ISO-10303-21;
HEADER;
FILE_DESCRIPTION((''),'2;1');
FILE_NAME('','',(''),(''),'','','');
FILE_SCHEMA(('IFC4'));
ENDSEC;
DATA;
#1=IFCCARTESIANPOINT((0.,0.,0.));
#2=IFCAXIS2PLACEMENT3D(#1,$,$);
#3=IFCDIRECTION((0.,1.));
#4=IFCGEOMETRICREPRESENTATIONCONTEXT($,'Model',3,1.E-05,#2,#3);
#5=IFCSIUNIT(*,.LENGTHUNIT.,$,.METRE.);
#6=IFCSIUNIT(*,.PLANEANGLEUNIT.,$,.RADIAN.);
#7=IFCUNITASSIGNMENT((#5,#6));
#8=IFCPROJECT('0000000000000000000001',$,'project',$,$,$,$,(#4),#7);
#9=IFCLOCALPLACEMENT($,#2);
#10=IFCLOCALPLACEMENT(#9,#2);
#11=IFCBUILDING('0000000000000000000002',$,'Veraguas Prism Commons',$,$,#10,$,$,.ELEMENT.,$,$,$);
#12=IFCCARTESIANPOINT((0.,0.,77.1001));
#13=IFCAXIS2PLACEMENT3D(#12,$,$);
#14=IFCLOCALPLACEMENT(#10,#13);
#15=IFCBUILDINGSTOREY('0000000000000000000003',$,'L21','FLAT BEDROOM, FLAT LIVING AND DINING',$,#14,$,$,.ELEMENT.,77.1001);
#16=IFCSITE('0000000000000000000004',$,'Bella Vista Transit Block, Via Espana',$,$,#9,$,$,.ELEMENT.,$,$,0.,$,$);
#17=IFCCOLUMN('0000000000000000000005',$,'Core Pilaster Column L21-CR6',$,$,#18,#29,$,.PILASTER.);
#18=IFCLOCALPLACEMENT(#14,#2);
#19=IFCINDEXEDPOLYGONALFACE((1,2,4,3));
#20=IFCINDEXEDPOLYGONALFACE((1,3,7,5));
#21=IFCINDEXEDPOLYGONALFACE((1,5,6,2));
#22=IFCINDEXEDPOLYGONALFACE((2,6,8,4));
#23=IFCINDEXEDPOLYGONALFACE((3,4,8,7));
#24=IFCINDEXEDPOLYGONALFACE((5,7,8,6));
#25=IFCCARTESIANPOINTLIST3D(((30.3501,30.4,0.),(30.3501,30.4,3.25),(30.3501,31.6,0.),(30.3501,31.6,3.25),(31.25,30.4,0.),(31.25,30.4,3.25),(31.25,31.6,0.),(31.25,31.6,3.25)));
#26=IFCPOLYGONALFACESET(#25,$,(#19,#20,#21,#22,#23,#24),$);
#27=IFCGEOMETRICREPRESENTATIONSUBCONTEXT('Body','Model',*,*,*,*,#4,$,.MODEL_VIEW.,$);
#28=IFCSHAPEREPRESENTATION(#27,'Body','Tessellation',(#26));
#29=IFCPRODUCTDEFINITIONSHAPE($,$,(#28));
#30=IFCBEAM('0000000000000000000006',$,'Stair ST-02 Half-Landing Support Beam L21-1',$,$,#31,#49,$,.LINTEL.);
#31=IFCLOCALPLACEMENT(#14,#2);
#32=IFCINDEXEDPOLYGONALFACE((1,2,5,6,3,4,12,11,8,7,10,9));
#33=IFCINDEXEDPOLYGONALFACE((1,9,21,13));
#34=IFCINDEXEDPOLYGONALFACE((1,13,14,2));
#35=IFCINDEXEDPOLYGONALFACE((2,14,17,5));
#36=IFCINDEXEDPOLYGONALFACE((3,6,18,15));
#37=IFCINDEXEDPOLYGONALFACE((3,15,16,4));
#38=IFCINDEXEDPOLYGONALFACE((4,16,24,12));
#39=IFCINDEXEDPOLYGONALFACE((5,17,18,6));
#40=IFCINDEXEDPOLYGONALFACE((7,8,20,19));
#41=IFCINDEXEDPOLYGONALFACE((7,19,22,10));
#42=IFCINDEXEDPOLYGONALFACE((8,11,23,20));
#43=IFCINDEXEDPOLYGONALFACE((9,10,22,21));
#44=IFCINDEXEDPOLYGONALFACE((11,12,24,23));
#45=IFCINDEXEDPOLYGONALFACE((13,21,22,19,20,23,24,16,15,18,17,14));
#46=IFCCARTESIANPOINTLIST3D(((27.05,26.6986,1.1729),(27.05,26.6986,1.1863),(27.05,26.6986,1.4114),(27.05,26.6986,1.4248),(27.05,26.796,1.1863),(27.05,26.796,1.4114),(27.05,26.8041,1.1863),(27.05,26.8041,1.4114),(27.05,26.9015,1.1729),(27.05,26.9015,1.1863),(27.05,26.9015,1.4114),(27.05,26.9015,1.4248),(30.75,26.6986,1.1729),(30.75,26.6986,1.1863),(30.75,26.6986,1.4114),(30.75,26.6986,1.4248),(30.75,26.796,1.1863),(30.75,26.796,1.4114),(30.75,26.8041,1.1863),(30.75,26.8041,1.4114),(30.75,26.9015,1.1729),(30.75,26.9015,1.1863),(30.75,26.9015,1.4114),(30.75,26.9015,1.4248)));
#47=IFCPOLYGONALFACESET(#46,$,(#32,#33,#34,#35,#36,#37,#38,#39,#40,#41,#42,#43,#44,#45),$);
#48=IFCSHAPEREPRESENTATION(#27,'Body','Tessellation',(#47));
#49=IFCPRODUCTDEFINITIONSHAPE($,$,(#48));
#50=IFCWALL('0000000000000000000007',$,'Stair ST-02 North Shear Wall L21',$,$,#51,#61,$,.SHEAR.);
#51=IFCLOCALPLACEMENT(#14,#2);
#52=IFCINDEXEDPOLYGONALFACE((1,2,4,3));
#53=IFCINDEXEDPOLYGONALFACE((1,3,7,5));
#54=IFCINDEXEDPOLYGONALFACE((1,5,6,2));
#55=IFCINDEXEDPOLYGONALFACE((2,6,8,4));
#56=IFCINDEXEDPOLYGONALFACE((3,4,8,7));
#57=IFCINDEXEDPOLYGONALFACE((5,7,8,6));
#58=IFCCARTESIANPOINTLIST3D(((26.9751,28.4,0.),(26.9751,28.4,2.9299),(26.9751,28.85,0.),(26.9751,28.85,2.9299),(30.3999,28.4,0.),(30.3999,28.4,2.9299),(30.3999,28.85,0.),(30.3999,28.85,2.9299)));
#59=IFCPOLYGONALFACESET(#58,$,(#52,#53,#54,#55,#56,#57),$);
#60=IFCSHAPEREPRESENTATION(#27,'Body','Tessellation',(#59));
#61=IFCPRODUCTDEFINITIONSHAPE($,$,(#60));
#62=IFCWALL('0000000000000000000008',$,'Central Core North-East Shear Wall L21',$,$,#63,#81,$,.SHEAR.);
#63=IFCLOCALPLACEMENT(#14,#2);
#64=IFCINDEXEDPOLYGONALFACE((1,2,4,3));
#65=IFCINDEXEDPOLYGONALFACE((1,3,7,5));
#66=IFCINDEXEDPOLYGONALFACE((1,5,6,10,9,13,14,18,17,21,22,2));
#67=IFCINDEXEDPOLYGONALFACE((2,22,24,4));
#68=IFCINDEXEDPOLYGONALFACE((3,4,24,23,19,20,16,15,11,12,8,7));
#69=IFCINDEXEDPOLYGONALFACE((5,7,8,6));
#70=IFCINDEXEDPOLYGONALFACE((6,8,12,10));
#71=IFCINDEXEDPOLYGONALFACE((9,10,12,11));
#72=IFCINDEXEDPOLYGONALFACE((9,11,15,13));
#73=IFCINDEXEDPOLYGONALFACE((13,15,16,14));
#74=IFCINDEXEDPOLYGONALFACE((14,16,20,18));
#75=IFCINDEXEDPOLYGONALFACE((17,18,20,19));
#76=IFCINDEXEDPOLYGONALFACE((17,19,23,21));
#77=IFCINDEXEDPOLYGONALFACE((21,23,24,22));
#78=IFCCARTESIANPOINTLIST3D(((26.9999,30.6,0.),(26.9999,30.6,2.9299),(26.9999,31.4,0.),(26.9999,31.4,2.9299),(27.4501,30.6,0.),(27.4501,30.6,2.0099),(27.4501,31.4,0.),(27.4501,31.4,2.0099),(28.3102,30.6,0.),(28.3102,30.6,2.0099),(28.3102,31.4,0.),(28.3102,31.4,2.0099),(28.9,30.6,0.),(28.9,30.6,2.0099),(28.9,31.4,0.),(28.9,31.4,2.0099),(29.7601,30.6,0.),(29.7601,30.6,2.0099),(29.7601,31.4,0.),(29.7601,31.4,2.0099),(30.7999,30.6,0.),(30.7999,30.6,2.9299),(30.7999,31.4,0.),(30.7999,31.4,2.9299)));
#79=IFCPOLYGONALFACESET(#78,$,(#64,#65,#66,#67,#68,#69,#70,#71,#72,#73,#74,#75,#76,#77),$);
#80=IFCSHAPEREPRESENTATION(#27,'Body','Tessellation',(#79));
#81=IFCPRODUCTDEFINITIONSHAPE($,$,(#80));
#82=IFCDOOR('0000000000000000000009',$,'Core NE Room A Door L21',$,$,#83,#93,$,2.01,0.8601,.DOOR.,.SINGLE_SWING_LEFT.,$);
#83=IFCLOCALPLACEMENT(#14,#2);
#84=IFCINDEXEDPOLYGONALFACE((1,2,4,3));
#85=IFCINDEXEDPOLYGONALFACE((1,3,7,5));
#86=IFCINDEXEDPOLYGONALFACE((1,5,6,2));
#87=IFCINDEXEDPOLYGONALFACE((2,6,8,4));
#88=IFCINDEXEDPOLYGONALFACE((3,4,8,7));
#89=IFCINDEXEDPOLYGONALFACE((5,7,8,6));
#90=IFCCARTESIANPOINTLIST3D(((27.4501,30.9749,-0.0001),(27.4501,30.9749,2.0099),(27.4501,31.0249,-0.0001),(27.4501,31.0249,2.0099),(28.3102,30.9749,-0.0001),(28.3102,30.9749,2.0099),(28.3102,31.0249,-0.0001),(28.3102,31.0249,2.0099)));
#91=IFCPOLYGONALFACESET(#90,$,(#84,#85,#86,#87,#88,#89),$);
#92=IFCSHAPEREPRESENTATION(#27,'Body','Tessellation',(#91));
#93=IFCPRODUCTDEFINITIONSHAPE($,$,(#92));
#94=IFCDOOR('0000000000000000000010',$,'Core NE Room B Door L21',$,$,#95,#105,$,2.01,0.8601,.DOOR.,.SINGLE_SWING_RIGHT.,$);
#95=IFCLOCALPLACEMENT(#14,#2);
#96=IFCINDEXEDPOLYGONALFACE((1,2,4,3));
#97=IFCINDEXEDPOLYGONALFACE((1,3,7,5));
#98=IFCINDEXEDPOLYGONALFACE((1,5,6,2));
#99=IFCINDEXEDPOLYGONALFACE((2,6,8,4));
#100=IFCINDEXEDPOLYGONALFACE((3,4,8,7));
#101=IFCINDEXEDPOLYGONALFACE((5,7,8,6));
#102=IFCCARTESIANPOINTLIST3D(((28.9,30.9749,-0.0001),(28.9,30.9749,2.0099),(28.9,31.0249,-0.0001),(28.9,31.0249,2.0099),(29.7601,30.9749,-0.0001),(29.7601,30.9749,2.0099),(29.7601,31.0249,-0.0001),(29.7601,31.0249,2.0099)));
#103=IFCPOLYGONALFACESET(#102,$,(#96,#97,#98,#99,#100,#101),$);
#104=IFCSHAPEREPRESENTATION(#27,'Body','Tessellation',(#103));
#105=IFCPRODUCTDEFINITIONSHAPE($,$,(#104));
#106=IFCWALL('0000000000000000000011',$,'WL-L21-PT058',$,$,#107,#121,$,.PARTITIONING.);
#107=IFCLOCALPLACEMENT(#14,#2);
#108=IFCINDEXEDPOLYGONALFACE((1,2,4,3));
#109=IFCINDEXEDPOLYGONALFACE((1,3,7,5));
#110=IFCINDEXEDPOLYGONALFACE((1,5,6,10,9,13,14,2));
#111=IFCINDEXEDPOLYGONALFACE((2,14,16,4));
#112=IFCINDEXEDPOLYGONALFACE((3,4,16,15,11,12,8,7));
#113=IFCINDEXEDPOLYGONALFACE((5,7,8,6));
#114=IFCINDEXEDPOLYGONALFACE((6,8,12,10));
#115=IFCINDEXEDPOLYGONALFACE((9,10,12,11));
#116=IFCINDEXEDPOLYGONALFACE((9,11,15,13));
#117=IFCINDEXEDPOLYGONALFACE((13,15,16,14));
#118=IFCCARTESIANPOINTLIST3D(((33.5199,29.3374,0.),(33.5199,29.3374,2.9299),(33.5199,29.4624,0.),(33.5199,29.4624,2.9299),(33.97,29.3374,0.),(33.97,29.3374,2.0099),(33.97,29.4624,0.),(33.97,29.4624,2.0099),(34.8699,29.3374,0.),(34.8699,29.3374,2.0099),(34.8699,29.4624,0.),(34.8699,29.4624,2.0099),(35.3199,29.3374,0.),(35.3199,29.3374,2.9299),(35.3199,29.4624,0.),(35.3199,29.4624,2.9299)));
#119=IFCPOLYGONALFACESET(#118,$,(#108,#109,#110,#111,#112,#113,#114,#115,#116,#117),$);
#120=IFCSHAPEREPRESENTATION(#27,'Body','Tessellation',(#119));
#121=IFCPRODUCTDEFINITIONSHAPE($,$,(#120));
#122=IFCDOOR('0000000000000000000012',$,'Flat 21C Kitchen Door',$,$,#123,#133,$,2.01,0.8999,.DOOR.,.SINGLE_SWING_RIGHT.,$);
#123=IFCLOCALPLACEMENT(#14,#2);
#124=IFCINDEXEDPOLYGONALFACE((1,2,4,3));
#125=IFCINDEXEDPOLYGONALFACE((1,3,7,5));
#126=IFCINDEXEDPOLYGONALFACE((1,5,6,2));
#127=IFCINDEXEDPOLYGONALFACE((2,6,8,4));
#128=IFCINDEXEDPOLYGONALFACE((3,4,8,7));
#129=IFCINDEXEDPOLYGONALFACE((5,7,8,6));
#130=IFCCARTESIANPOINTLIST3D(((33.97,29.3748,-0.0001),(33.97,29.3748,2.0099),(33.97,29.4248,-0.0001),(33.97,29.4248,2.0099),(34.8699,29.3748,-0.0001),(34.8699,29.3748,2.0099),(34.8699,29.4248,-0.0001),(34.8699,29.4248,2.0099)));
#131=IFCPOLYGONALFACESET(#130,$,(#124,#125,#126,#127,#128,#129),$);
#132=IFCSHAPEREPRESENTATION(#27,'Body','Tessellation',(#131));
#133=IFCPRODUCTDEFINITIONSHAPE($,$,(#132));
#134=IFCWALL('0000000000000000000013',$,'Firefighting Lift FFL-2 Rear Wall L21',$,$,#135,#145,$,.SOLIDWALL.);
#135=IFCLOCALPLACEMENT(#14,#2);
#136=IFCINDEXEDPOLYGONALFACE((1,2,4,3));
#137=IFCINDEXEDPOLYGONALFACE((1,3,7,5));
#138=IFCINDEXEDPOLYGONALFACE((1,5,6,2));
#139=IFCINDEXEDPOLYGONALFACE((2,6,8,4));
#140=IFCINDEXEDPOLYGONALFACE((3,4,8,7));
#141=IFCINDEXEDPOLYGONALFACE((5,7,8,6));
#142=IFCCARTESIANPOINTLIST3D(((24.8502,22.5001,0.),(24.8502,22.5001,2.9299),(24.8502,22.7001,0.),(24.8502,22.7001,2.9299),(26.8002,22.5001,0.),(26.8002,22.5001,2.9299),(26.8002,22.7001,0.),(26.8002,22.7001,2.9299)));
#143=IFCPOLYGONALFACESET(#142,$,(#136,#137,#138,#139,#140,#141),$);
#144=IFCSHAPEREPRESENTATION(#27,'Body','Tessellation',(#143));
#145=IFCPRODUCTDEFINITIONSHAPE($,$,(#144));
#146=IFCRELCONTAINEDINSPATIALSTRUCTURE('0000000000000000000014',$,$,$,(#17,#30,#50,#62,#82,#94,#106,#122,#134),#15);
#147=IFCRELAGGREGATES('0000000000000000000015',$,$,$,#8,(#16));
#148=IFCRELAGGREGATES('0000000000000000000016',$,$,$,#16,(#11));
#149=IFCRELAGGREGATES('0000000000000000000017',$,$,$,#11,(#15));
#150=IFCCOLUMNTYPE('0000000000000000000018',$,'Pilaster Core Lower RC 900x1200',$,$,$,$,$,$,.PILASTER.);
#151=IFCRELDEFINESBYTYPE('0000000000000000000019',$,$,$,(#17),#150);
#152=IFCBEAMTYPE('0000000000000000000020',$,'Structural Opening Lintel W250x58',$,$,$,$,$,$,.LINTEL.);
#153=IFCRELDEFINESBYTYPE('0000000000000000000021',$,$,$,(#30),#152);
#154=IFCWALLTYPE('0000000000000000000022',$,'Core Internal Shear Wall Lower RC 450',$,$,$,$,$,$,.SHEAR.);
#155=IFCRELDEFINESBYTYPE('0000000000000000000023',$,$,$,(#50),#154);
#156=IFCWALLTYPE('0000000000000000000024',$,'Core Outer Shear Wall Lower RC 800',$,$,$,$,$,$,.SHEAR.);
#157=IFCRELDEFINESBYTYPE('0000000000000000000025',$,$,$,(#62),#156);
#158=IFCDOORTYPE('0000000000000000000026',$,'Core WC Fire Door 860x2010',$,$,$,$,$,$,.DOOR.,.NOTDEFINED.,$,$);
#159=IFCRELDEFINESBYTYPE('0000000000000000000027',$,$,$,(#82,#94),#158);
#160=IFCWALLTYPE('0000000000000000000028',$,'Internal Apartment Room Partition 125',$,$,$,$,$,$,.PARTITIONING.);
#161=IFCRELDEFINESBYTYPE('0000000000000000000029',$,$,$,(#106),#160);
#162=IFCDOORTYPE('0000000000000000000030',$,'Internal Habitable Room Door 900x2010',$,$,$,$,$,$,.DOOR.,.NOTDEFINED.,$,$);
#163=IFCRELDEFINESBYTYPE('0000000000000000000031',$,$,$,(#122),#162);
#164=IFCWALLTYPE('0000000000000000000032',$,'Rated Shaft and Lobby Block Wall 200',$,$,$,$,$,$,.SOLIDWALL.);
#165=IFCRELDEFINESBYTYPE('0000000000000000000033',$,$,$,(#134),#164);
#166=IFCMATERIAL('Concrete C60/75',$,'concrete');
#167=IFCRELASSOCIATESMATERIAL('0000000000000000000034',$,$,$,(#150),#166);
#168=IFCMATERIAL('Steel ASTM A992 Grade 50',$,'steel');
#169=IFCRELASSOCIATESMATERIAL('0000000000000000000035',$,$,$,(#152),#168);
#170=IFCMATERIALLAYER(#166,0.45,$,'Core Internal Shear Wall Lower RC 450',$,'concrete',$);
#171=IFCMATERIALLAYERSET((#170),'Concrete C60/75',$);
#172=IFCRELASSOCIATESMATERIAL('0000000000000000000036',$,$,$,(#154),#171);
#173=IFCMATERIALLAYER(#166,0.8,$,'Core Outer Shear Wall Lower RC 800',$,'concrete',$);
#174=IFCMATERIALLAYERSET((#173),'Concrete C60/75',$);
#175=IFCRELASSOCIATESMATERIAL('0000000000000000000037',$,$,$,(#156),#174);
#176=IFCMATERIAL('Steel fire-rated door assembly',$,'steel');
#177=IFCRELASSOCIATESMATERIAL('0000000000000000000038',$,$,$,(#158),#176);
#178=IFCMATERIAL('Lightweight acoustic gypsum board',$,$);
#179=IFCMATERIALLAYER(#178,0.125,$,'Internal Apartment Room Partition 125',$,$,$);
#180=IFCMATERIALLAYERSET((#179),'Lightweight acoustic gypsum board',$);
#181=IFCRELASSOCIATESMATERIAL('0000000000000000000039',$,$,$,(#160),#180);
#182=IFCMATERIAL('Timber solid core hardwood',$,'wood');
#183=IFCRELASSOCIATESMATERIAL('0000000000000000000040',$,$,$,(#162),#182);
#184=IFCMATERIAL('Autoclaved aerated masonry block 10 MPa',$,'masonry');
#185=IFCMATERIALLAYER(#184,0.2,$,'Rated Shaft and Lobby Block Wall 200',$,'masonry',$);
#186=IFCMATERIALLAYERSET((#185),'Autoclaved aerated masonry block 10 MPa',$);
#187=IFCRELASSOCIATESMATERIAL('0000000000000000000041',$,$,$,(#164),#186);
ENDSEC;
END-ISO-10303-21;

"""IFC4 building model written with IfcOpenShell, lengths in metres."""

from ifc_helpers import new_model, si_unit, direction, frame, frame_2d, origin, origin_2d, place, context, subcontext, project, spatial, rectangle, i_section, extrude, source, transform, mapped, material, layer, layer_set, material_profile, profile_set, type_object, element, fill, save


model = new_model("IFC4")

# Units and contexts
model_context = context("Model", 3, precision=1e-05, world=origin(), true_north=direction((0.0, 1.0)))
body_context = subcontext(model_context, "Body", "Model", "MODEL_VIEW")
ifc_project = project(units=[si_unit("LENGTHUNIT", "METRE"), si_unit("PLANEANGLEUNIT", "RADIAN")], contexts=[model_context])

# Site, building, storey
site_placement = place(None, origin())
site = spatial("IfcSite", under=ifc_project, at=site_placement, Name="Bella Vista Transit Block, Via Espana", CompositionType="ELEMENT", RefElevation=0.0)
building_placement = place(site_placement, origin())
building = spatial("IfcBuilding", under=site, at=building_placement, Name="Veraguas Prism Commons", CompositionType="ELEMENT")
storey_placement = place(building_placement, frame((0.0, 0.0, 77.1001)))
storey = spatial("IfcBuildingStorey", under=building, at=storey_placement, Name="L21", Description="FLAT BEDROOM, FLAT LIVING AND DINING", CompositionType="ELEMENT", Elevation=77.1001)

# Column
ifc_material_1 = material(Name="Concrete C60/75", Category="concrete")
ifc_material_profile_1 = material_profile(ifc_material_1, rectangle(XDim=0.8999, YDim=1.2, at=origin_2d()), Name="RC900X1200")
ifc_profile_set_1 = profile_set([ifc_material_profile_1], Name="Concrete C60/75")
column_type = type_object("IfcColumnType", Name="Pilaster Core Lower RC 900x1200", PredefinedType="PILASTER", material=ifc_profile_set_1)
column_placement = place(storey_placement, frame((30.8, 31.0, 0.0), z_axis=(0.0, 0.0, 1.0), x_axis=(1.0, 0.0, 0.0)))
element("IfcColumn", 1, at=column_placement, inside=storey, type_object=column_type, Name="Core Pilaster Column L21-CR6", PredefinedType="PILASTER", context=body_context, shape_type="SweptSolid", body=[
    extrude(rectangle(XDim=0.8999, YDim=1.2, at=origin_2d()), origin(), (0.0, 0.0, 1.0), 3.25),
])

# Beam
ifc_material_2 = material(Name="Steel ASTM A992 Grade 50", Category="steel")
ifc_material_profile_2 = material_profile(ifc_material_2, i_section(OverallWidth=0.2029, OverallDepth=0.252, WebThickness=0.0081, FlangeThickness=0.0134, at=origin_2d()), Name="W250X58")
ifc_profile_set_2 = profile_set([ifc_material_profile_2], Name="Steel ASTM A992 Grade 50")
beam_type = type_object("IfcBeamType", Name="Structural Opening Lintel W250x58", PredefinedType="LINTEL", material=ifc_profile_set_2)
beam_placement = place(storey_placement, frame((27.05, 26.8, 1.2988), z_axis=(1.0, 0.0, 0.0), x_axis=(0.0, 1.0, 0.0)))
element("IfcBeam", 2, at=beam_placement, inside=storey, type_object=beam_type, Name="Stair ST-02 Half-Landing Support Beam L21-1", PredefinedType="LINTEL", context=body_context, shape_type="SweptSolid", body=[
    extrude(i_section(OverallWidth=0.2029, OverallDepth=0.252, WebThickness=0.0081, FlangeThickness=0.0134, at=origin_2d()), origin(), (0.0, 0.0, 1.0), 3.7),
])

# Wall
ifc_layer_1 = layer(ifc_material_1, 0.45, Name="Core Internal Shear Wall Lower RC 450", Category="concrete")
ifc_layer_set_1 = layer_set([ifc_layer_1], Name="Concrete C60/75")
wall_type_1 = type_object("IfcWallType", Name="Core Internal Shear Wall Lower RC 450", PredefinedType="SHEAR", material=ifc_layer_set_1)
wall_1_placement = place(storey_placement, frame((26.9751, 28.625, 0.0), z_axis=(0.0, 0.0, 1.0), x_axis=(1.0, 0.0, 0.0)))
element("IfcWall", 3, at=wall_1_placement, inside=storey, type_object=wall_type_1, Name="Stair ST-02 North Shear Wall L21", PredefinedType="SHEAR", context=body_context, shape_type="SweptSolid", body=[
    extrude(rectangle(XDim=3.4248, YDim=0.45, at=frame_2d((1.7124, 0.0))), origin(), (0.0, 0.0, 1.0), 2.9299),
])

# Wall, openings, doors
ifc_layer_2 = layer(ifc_material_1, 0.8, Name="Core Outer Shear Wall Lower RC 800", Category="concrete")
ifc_layer_set_2 = layer_set([ifc_layer_2], Name="Concrete C60/75")
wall_type_2 = type_object("IfcWallType", Name="Core Outer Shear Wall Lower RC 800", PredefinedType="SHEAR", material=ifc_layer_set_2)
wall_2_placement = place(storey_placement, frame((27.0, 31.0, 0.0), z_axis=(0.0, 0.0, 1.0), x_axis=(1.0, 0.0, 0.0)))
wall_2 = element("IfcWall", 4, at=wall_2_placement, inside=storey, type_object=wall_type_2, Name="Central Core North-East Shear Wall L21", PredefinedType="SHEAR", context=body_context, shape_type="SweptSolid", body=[
    extrude(rectangle(XDim=3.8, YDim=0.8, at=frame_2d((1.8999, 0.0))), origin(), (0.0, 0.0, 1.0), 2.9299),
])
opening_1_placement = place(wall_2_placement, frame((0.45, 0.0, 0.0)))
opening_1 = element("IfcOpeningElement", 5, at=opening_1_placement, cuts=wall_2, PredefinedType="OPENING", context=body_context, shape_type="SweptSolid", body=[
    extrude(rectangle(XDim=0.8601, YDim=2.01, at=frame_2d((0.4302, 1.0049))), frame((0.0, 0.4099, 0.0), z_axis=(0.0, -1.0, 0.0), x_axis=(1.0, 0.0, 0.0)), (0.0, 0.0, 1.0), 0.8201),
])
opening_2_placement = place(wall_2_placement, frame((1.8999, 0.0, 0.0)))
opening_2 = element("IfcOpeningElement", 6, at=opening_2_placement, cuts=wall_2, PredefinedType="OPENING", context=body_context, shape_type="SweptSolid", body=[
    extrude(rectangle(XDim=0.8601, YDim=2.01, at=frame_2d((0.4302, 1.0049))), frame((0.0, 0.4099, 0.0), z_axis=(0.0, -1.0, 0.0), x_axis=(1.0, 0.0, 0.0)), (0.0, 0.0, 1.0), 0.8201),
])
ifc_material_3 = material(Name="Steel fire-rated door assembly", Category="steel")
door_type_1 = type_object("IfcDoorType", Name="Core WC Fire Door 860x2010", OperationType="NOTDEFINED", PredefinedType="DOOR", material=ifc_material_3)
shared_shape_1 = source(origin(), body_context, "Body", "SweptSolid", [
    extrude(rectangle(XDim=0.8601, YDim=2.01, at=frame_2d((0.4302, 1.0049))), frame((0.0, 0.0249, 0.0), z_axis=(0.0, -1.0, 0.0), x_axis=(1.0, 0.0, 0.0)), (0.0, 0.0, 1.0), 0.05),
])
door_1_placement = place(opening_1_placement, origin())
door_1 = element("IfcDoor", 7, at=door_1_placement, inside=storey, type_object=door_type_1, Name="Core NE Room A Door L21", OperationType="SINGLE_SWING_LEFT", OverallHeight=2.01, OverallWidth=0.8601, PredefinedType="DOOR", context=body_context, shape_type="MappedRepresentation", body=[
    mapped(shared_shape_1, transform((0.0, 0.0, 0.0), scale=1.0)),
])
fill(opening_1, door_1)
door_2_placement = place(opening_2_placement, origin())
door_2 = element("IfcDoor", 8, at=door_2_placement, inside=storey, type_object=door_type_1, Name="Core NE Room B Door L21", OperationType="SINGLE_SWING_RIGHT", OverallHeight=2.01, OverallWidth=0.8601, PredefinedType="DOOR", context=body_context, shape_type="MappedRepresentation", body=[
    mapped(shared_shape_1, transform((0.0, 0.0, 0.0), scale=1.0)),
])
fill(opening_2, door_2)

# Wall, opening, door
ifc_material_4 = material(Name="Lightweight acoustic gypsum board")
ifc_layer_3 = layer(ifc_material_4, 0.125, Name="Internal Apartment Room Partition 125")
ifc_layer_set_3 = layer_set([ifc_layer_3], Name="Lightweight acoustic gypsum board")
wall_type_3 = type_object("IfcWallType", Name="Internal Apartment Room Partition 125", PredefinedType="PARTITIONING", material=ifc_layer_set_3)
wall_3_placement = place(storey_placement, frame((33.52, 29.3999, 0.0), z_axis=(0.0, 0.0, 1.0), x_axis=(1.0, 0.0, 0.0)))
wall_3 = element("IfcWall", 9, at=wall_3_placement, inside=storey, type_object=wall_type_3, Name="WL-L21-PT058", PredefinedType="PARTITIONING", context=body_context, shape_type="SweptSolid", body=[
    extrude(rectangle(XDim=1.8, YDim=0.125, at=frame_2d((0.8999, 0.0))), origin(), (0.0, 0.0, 1.0), 2.9299),
])
opening_3_placement = place(wall_3_placement, frame((0.45, 0.0, 0.0)))
opening_3 = element("IfcOpeningElement", 10, at=opening_3_placement, cuts=wall_3, PredefinedType="OPENING", context=body_context, shape_type="SweptSolid", body=[
    extrude(rectangle(XDim=0.8999, YDim=2.01, at=frame_2d((0.45, 1.0049))), frame((0.0, 0.0725, 0.0), z_axis=(0.0, -1.0, 0.0), x_axis=(1.0, 0.0, 0.0)), (0.0, 0.0, 1.0), 0.145),
])
ifc_material_5 = material(Name="Timber solid core hardwood", Category="wood")
door_type_2 = type_object("IfcDoorType", Name="Internal Habitable Room Door 900x2010", OperationType="NOTDEFINED", PredefinedType="DOOR", material=ifc_material_5)
shared_shape_2 = source(origin(), body_context, "Body", "SweptSolid", [
    extrude(rectangle(XDim=0.8999, YDim=2.01, at=frame_2d((0.45, 1.0049))), frame((0.0, 0.0249, 0.0), z_axis=(0.0, -1.0, 0.0), x_axis=(1.0, 0.0, 0.0)), (0.0, 0.0, 1.0), 0.05),
])
door_3_placement = place(opening_3_placement, origin())
door_3 = element("IfcDoor", 11, at=door_3_placement, inside=storey, type_object=door_type_2, Name="Flat 21C Kitchen Door", OperationType="SINGLE_SWING_RIGHT", OverallHeight=2.01, OverallWidth=0.8999, PredefinedType="DOOR", context=body_context, shape_type="MappedRepresentation", body=[
    mapped(shared_shape_2, transform((0.0, 0.0, 0.0), scale=1.0)),
])
fill(opening_3, door_3)

# Wall
ifc_material_6 = material(Name="Autoclaved aerated masonry block 10 MPa", Category="masonry")
ifc_layer_4 = layer(ifc_material_6, 0.2, Name="Rated Shaft and Lobby Block Wall 200", Category="masonry")
ifc_layer_set_4 = layer_set([ifc_layer_4], Name="Autoclaved aerated masonry block 10 MPa")
wall_type_4 = type_object("IfcWallType", Name="Rated Shaft and Lobby Block Wall 200", PredefinedType="SOLIDWALL", material=ifc_layer_set_4)
wall_4_placement = place(storey_placement, frame((24.8501, 22.6001, 0.0), z_axis=(0.0, 0.0, 1.0), x_axis=(1.0, 0.0, 0.0)))
element("IfcWall", 12, at=wall_4_placement, inside=storey, type_object=wall_type_4, Name="Firefighting Lift FFL-2 Rear Wall L21", PredefinedType="SOLIDWALL", context=body_context, shape_type="SweptSolid", body=[
    extrude(rectangle(XDim=1.95, YDim=0.2, at=frame_2d((0.9751, 0.0))), origin(), (0.0, 0.0, 1.0), 2.9299),
])

save(model, "model.ifc")
